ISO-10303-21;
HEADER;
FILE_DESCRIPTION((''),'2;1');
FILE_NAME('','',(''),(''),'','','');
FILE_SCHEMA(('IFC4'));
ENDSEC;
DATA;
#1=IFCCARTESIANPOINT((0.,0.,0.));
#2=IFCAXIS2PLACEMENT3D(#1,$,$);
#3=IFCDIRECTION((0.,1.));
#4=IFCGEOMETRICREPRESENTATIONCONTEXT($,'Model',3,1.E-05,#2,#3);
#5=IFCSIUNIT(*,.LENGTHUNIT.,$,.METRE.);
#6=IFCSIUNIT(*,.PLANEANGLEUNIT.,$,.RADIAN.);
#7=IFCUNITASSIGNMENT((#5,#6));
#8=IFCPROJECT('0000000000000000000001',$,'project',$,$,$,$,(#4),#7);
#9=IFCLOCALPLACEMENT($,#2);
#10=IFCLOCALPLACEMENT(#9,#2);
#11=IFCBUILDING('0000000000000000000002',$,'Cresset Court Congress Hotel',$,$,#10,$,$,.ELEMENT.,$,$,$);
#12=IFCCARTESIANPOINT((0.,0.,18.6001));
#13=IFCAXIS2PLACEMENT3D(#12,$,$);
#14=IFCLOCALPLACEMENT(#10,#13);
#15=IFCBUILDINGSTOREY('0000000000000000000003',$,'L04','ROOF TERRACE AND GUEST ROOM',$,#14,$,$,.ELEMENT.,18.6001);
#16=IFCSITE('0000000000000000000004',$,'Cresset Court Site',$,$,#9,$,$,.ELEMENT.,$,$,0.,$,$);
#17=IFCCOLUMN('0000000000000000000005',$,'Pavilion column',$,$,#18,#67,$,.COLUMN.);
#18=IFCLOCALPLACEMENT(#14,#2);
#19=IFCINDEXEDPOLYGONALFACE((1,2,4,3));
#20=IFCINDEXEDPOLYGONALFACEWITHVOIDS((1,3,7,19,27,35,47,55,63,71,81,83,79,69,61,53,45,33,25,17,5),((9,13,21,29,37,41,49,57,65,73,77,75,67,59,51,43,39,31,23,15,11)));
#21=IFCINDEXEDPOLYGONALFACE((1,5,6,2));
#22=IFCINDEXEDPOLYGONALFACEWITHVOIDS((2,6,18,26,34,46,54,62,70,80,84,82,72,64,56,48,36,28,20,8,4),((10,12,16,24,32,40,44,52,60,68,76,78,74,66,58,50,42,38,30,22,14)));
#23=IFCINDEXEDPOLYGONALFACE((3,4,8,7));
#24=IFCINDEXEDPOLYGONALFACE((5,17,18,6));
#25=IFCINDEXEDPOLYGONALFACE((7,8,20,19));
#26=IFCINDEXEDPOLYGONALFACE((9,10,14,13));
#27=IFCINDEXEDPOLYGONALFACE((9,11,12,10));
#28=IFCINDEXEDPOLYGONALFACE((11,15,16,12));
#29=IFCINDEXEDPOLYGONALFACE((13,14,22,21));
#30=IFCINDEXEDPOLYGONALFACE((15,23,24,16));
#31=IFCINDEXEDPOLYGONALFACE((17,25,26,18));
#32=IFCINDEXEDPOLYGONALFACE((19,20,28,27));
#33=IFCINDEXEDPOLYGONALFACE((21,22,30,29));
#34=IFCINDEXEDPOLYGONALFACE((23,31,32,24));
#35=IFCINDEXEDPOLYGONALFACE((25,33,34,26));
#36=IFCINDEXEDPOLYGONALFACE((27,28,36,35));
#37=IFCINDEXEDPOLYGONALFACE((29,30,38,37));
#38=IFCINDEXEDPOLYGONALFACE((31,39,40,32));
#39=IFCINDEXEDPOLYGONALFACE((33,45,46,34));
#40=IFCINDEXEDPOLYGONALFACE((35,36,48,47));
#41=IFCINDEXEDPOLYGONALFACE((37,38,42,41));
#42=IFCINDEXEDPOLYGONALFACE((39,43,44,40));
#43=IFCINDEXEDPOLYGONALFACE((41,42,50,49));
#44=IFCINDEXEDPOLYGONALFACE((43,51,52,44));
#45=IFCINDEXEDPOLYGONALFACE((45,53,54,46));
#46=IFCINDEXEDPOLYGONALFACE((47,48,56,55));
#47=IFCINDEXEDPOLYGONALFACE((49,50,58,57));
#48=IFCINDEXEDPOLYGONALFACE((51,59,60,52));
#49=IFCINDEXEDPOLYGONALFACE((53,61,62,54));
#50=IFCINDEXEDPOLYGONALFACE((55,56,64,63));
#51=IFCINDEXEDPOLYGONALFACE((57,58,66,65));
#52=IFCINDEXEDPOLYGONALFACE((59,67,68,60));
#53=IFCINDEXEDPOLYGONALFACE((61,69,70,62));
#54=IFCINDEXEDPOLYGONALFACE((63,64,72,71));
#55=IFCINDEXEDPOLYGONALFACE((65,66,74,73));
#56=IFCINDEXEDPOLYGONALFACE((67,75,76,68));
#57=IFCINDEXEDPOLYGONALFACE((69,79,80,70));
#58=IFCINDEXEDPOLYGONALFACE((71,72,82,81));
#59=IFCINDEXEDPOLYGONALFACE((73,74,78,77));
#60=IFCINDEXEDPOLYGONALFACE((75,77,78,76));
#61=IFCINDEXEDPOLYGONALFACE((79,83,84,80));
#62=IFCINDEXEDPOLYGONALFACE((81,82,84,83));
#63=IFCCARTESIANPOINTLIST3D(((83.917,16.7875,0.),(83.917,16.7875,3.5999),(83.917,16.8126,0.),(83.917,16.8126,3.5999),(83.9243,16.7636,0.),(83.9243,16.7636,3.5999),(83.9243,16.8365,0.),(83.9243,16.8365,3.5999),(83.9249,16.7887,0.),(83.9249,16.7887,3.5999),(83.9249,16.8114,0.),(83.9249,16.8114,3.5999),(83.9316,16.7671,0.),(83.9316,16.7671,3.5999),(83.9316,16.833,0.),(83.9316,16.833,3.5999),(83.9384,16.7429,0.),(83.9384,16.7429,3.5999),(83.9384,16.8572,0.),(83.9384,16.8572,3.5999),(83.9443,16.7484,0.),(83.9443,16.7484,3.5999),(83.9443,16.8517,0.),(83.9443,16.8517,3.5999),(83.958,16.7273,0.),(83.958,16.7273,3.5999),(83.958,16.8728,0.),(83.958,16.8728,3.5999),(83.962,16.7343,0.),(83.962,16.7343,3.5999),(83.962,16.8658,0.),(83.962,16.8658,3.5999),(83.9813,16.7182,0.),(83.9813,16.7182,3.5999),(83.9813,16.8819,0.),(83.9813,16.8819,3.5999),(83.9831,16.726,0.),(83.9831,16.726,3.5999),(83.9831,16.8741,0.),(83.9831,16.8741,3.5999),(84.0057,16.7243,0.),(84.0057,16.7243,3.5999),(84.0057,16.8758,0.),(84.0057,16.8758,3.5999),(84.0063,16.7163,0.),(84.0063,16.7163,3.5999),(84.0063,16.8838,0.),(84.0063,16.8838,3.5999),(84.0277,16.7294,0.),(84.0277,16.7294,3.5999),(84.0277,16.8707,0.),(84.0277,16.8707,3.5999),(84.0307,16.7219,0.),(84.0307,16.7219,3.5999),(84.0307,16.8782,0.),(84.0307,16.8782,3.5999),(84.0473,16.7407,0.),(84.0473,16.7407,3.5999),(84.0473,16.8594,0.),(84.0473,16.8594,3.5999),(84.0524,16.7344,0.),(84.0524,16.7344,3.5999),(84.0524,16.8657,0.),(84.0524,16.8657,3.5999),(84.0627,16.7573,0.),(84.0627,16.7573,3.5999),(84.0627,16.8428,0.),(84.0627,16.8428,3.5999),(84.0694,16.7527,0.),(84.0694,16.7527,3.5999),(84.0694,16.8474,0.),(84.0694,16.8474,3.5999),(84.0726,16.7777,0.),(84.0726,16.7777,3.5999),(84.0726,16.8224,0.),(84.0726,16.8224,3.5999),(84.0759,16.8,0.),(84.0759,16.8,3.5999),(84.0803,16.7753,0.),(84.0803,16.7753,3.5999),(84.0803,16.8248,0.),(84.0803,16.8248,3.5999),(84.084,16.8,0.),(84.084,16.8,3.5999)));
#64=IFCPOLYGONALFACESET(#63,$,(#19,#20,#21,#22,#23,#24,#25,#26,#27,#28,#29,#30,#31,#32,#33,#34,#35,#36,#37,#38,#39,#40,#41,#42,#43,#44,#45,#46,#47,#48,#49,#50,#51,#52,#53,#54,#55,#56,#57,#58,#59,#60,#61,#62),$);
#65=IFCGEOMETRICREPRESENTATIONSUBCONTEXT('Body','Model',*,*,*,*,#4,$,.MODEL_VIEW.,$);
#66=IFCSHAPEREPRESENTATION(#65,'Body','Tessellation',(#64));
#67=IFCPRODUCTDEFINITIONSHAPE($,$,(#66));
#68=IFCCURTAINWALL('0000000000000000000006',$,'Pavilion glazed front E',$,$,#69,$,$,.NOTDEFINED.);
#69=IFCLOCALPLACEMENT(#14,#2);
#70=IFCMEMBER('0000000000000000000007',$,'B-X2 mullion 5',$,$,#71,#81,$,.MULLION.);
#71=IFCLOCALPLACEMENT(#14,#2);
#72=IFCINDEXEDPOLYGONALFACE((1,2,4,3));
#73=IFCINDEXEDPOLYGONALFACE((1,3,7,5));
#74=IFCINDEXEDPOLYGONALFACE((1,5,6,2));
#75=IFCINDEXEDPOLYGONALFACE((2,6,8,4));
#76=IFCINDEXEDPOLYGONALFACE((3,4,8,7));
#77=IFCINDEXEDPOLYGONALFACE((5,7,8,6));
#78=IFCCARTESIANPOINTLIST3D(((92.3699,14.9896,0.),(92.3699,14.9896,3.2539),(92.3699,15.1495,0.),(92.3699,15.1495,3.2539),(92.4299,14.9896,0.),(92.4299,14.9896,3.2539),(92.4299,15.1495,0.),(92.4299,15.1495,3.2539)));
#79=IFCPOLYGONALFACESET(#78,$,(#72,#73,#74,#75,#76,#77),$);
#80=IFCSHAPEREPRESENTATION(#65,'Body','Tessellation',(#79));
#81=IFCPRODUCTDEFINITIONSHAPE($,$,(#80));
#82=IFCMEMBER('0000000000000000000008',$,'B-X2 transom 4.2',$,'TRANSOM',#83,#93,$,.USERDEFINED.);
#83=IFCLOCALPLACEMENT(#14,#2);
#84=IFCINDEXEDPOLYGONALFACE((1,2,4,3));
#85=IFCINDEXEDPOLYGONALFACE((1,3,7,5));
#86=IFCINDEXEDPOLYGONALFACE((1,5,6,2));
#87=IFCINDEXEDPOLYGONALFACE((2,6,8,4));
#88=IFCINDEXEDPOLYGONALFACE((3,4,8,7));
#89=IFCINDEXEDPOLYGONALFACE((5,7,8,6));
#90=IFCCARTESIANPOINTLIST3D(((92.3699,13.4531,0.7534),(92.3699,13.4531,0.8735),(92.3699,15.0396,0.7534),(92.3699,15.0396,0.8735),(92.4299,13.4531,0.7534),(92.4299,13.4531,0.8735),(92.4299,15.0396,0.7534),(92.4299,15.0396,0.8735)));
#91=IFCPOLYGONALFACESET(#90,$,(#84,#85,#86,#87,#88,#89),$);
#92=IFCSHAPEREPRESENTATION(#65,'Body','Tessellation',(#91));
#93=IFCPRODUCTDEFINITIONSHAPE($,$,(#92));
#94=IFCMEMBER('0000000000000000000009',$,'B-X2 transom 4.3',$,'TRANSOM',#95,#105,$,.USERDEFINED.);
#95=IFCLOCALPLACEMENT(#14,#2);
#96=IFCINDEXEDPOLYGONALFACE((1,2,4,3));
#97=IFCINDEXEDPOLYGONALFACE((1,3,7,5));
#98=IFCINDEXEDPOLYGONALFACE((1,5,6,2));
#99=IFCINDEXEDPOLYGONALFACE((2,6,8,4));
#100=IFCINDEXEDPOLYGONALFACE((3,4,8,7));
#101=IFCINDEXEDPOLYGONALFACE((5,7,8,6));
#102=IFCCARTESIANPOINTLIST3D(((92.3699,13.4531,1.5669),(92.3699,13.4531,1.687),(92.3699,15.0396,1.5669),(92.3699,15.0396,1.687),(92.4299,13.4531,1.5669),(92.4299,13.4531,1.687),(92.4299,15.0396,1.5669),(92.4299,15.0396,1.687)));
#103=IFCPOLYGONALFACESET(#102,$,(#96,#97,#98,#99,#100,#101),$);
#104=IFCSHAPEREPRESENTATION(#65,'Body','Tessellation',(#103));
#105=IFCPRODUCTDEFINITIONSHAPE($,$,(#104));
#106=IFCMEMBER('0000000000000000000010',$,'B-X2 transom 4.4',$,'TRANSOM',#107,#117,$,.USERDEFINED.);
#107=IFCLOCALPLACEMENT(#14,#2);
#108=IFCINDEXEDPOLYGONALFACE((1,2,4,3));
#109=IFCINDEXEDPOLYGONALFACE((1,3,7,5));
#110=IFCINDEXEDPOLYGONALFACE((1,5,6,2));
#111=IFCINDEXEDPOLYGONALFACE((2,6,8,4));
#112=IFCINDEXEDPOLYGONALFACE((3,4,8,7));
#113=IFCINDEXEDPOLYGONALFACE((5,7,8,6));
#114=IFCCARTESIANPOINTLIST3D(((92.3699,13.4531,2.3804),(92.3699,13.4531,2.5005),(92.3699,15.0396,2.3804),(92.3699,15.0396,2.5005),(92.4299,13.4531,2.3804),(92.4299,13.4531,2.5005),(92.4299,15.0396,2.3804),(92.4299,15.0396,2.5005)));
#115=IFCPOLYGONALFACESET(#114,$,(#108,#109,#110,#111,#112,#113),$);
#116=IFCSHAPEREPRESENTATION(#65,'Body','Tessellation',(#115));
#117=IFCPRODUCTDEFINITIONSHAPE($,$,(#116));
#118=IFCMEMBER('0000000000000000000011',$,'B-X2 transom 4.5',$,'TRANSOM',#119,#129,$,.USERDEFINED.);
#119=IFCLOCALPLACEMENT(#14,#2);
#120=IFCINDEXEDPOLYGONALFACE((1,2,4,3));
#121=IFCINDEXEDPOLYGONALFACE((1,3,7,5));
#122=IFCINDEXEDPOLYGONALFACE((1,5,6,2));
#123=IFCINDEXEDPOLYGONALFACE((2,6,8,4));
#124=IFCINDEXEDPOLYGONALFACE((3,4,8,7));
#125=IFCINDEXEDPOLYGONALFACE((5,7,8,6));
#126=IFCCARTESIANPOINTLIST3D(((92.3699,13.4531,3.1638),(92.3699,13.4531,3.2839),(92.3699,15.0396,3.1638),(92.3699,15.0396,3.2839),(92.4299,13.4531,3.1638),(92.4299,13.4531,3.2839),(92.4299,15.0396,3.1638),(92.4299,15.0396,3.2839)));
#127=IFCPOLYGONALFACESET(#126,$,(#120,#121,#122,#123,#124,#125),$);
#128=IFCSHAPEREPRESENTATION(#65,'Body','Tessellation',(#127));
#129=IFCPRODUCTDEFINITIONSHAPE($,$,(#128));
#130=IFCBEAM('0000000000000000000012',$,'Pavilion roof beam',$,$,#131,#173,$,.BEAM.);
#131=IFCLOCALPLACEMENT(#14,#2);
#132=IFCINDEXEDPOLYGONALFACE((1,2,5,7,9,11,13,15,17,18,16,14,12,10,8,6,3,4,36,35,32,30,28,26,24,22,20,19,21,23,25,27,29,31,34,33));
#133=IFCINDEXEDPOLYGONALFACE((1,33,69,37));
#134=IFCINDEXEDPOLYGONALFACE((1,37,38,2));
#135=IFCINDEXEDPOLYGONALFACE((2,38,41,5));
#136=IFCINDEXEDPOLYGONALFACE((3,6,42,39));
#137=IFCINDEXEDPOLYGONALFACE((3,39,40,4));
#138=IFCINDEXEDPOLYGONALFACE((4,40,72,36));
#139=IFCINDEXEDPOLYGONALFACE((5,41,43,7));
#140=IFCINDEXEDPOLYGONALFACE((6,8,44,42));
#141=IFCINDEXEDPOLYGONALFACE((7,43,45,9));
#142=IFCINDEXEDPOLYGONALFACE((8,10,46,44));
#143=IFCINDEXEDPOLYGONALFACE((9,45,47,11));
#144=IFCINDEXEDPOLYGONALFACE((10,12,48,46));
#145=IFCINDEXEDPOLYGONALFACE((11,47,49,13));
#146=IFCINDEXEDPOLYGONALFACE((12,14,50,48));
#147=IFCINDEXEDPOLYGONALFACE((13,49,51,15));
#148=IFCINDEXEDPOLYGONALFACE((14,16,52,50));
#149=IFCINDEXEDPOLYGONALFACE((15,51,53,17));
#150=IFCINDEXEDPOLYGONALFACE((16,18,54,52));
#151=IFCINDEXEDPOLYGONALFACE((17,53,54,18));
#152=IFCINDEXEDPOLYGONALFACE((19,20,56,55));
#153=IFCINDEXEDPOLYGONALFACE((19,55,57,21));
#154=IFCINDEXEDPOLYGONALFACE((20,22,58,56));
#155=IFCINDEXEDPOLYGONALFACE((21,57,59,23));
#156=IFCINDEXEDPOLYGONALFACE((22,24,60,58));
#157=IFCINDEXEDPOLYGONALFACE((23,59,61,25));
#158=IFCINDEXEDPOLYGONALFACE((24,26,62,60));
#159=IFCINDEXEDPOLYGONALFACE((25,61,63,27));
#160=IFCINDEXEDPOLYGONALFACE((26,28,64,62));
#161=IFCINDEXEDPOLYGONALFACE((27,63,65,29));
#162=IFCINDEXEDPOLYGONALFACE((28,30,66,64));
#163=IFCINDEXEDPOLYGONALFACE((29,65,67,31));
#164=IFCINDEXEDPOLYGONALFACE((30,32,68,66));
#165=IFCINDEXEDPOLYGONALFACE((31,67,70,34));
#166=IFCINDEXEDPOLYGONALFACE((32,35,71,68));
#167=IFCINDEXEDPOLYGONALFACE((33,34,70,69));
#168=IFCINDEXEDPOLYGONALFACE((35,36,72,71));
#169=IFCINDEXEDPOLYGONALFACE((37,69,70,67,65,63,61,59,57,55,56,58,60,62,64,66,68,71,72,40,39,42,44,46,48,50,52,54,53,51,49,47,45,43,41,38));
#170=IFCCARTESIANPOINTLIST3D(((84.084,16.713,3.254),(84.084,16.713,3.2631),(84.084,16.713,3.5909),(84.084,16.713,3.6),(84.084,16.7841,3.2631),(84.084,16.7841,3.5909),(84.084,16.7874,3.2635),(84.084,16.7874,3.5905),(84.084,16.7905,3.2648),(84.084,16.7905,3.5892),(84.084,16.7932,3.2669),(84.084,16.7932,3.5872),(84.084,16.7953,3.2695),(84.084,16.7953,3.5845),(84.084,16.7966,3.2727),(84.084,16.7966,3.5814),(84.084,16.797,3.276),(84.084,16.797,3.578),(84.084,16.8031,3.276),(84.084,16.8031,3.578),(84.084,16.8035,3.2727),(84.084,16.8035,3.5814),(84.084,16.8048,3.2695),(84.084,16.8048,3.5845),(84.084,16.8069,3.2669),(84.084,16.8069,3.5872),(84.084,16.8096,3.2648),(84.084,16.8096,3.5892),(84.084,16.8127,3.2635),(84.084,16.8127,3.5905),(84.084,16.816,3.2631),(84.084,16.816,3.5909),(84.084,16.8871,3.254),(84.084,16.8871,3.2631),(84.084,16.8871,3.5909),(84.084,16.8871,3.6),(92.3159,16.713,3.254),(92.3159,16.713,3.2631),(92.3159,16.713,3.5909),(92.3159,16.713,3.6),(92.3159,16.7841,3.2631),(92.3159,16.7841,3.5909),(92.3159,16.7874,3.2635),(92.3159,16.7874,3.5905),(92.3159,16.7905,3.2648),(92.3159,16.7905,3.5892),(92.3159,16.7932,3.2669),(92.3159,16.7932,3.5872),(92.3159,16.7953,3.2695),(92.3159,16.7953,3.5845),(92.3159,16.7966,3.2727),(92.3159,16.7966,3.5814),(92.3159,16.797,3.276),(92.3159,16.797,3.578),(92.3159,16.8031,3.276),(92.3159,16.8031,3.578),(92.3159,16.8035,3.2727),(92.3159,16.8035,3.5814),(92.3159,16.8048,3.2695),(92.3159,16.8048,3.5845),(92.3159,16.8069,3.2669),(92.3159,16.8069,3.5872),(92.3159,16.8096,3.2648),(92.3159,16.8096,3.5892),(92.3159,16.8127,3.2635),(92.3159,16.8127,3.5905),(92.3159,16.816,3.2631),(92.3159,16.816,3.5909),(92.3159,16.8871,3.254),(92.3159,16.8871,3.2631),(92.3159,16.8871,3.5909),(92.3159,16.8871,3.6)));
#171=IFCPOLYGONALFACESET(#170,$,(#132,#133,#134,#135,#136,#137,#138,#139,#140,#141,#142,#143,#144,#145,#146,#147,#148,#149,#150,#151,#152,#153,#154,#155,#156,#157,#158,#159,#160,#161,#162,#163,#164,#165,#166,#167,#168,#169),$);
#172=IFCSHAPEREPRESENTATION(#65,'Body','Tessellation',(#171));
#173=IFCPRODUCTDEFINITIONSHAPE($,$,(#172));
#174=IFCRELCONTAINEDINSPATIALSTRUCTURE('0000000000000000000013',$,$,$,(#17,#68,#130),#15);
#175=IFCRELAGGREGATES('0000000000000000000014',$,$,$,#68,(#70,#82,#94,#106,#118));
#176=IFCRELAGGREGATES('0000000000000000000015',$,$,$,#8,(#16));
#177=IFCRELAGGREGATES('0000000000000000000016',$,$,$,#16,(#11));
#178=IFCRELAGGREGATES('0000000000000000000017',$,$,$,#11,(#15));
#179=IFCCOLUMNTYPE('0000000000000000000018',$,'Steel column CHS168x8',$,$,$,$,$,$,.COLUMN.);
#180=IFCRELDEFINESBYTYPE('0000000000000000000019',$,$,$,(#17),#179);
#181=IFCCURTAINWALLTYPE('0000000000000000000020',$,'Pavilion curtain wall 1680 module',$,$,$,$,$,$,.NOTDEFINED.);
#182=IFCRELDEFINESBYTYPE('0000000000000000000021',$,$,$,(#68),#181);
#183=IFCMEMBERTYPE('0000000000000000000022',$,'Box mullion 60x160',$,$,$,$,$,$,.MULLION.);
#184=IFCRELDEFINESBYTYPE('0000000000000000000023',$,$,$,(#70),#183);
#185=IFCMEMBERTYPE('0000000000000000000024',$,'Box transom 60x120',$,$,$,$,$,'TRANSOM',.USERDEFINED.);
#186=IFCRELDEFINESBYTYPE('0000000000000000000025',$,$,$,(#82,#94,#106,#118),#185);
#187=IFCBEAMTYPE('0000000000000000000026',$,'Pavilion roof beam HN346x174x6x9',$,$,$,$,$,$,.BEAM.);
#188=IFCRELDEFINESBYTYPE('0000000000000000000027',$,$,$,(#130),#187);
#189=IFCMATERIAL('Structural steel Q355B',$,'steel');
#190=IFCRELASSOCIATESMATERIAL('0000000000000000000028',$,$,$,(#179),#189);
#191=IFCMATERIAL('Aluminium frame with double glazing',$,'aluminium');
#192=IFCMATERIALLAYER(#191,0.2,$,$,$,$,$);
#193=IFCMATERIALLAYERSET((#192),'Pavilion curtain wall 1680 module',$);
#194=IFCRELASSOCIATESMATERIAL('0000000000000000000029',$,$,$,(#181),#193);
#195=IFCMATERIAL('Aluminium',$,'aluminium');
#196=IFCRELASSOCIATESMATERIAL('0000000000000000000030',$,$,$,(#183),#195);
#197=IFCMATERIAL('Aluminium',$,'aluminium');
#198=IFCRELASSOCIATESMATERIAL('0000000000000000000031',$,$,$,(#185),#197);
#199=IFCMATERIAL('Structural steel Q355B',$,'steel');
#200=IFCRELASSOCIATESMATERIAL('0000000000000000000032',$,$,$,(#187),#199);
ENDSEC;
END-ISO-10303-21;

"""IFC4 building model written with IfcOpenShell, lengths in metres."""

from ifc_helpers import new_model, si_unit, direction, frame, origin, origin_2d, place, context, subcontext, project, spatial, rectangle, hollow_circle, i_section, extrude, material, layer, layer_set, material_profile, profile_set, type_object, element, aggregate, save


model = new_model("IFC4")

# Units and contexts
model_context = context("Model", 3, precision=1e-05, world=origin(), true_north=direction((0.0, 1.0)))
body_context = subcontext(model_context, "Body", "Model", "MODEL_VIEW")
ifc_project = project(units=[si_unit("LENGTHUNIT", "METRE"), si_unit("PLANEANGLEUNIT", "RADIAN")], contexts=[model_context])

# Site, building, storey
site_placement = place(None, origin())
site = spatial("IfcSite", under=ifc_project, at=site_placement, Name="Cresset Court Site", CompositionType="ELEMENT", RefElevation=0.0)
building_placement = place(site_placement, origin())
building = spatial("IfcBuilding", under=site, at=building_placement, Name="Cresset Court Congress Hotel", CompositionType="ELEMENT")
storey_placement = place(building_placement, frame((0.0, 0.0, 18.6001)))
storey = spatial("IfcBuildingStorey", under=building, at=storey_placement, Name="L04", Description="ROOF TERRACE AND GUEST ROOM", CompositionType="ELEMENT", Elevation=18.6001)

# Column
ifc_material_1 = material(Name="Structural steel Q355B", Category="steel")
ifc_material_profile_1 = material_profile(ifc_material_1, hollow_circle(Radius=0.084, WallThickness=0.0081, at=origin_2d()), Name="CHS168x8")
ifc_profile_set_1 = profile_set([ifc_material_profile_1], Name="Structural steel Q355B")
column_type = type_object("IfcColumnType", Name="Steel column CHS168x8", PredefinedType="COLUMN", material=ifc_profile_set_1)
column_placement = place(storey_placement, frame((84.0, 16.8, 0.0), z_axis=(0.0, 0.0, 1.0), x_axis=(1.0, 0.0, 0.0)))
element("IfcColumn", 1, at=column_placement, inside=storey, type_object=column_type, Name="Pavilion column", PredefinedType="COLUMN", context=body_context, shape_type="SweptSolid", body=[
    extrude(hollow_circle(Radius=0.084, WallThickness=0.0081, at=origin_2d()), origin(), (0.0, 0.0, 1.0), 3.5999),
])

# Curtain wall, members
ifc_material_2 = material(Name="Aluminium frame with double glazing", Category="aluminium")
ifc_layer_1 = layer(ifc_material_2, 0.2)
ifc_layer_set_1 = layer_set([ifc_layer_1], Name="Pavilion curtain wall 1680 module")
curtain_wall_type = type_object("IfcCurtainWallType", Name="Pavilion curtain wall 1680 module", PredefinedType="NOTDEFINED", material=ifc_layer_set_1)
curtain_wall_placement = place(storey_placement, origin())
curtain_wall = element("IfcCurtainWall", 2, at=curtain_wall_placement, inside=storey, type_object=curtain_wall_type, Name="Pavilion glazed front E", PredefinedType="NOTDEFINED")
ifc_material_3 = material(Name="Aluminium", Category="aluminium")
ifc_material_profile_2 = material_profile(ifc_material_3, rectangle(XDim=0.0601, YDim=0.1599, at=origin_2d()), Name="Box mullion 60x160")
ifc_profile_set_2 = profile_set([ifc_material_profile_2], Name="Aluminium")
member_type_1 = type_object("IfcMemberType", Name="Box mullion 60x160", PredefinedType="MULLION", material=ifc_profile_set_2)
member_1_placement = place(storey_placement, frame((92.3999, 15.0696, 0.0), z_axis=(0.0, 0.0, 1.0), x_axis=(-1.0, 0.0, 0.0)))
member_1 = element("IfcMember", 3, at=member_1_placement, type_object=member_type_1, Name="B-X2 mullion 5", PredefinedType="MULLION", context=body_context, shape_type="SweptSolid", body=[
    extrude(rectangle(XDim=0.0601, YDim=0.1599, at=origin_2d()), origin(), (0.0, 0.0, 1.0), 3.2539),
])
ifc_material_4 = material(Name="Aluminium", Category="aluminium")
ifc_material_profile_3 = material_profile(ifc_material_4, rectangle(XDim=0.0601, YDim=0.1201, at=origin_2d()), Name="Box transom 60x120")
ifc_profile_set_3 = profile_set([ifc_material_profile_3], Name="Aluminium")
member_type_2 = type_object("IfcMemberType", Name="Box transom 60x120", ElementType="TRANSOM", PredefinedType="USERDEFINED", material=ifc_profile_set_3)
member_2_placement = place(storey_placement, frame((92.3999, 13.4531, 0.8135), z_axis=(0.0, 1.0, 0.0), x_axis=(-1.0, 0.0, 0.0)))
member_2 = element("IfcMember", 4, at=member_2_placement, type_object=member_type_2, Name="B-X2 transom 4.2", ObjectType="TRANSOM", PredefinedType="USERDEFINED", context=body_context, shape_type="SweptSolid", body=[
    extrude(rectangle(XDim=0.0601, YDim=0.1201, at=origin_2d()), origin(), (0.0, 0.0, 1.0), 1.5864),
])
member_3_placement = place(storey_placement, frame((92.3999, 13.4531, 1.627), z_axis=(0.0, 1.0, 0.0), x_axis=(-1.0, 0.0, 0.0)))
member_3 = element("IfcMember", 5, at=member_3_placement, type_object=member_type_2, Name="B-X2 transom 4.3", ObjectType="TRANSOM", PredefinedType="USERDEFINED", context=body_context, shape_type="SweptSolid", body=[
    extrude(rectangle(XDim=0.0601, YDim=0.1201, at=origin_2d()), origin(), (0.0, 0.0, 1.0), 1.5864),
])
member_4_placement = place(storey_placement, frame((92.3999, 13.4531, 2.4404), z_axis=(0.0, 1.0, 0.0), x_axis=(-1.0, 0.0, 0.0)))
member_4 = element("IfcMember", 6, at=member_4_placement, type_object=member_type_2, Name="B-X2 transom 4.4", ObjectType="TRANSOM", PredefinedType="USERDEFINED", context=body_context, shape_type="SweptSolid", body=[
    extrude(rectangle(XDim=0.0601, YDim=0.1201, at=origin_2d()), origin(), (0.0, 0.0, 1.0), 1.5864),
])
member_5_placement = place(storey_placement, frame((92.3999, 13.4531, 3.2239), z_axis=(0.0, 1.0, 0.0), x_axis=(-1.0, 0.0, 0.0)))
member_5 = element("IfcMember", 7, at=member_5_placement, type_object=member_type_2, Name="B-X2 transom 4.5", ObjectType="TRANSOM", PredefinedType="USERDEFINED", context=body_context, shape_type="SweptSolid", body=[
    extrude(rectangle(XDim=0.0601, YDim=0.1201, at=origin_2d()), origin(), (0.0, 0.0, 1.0), 1.5864),
])

# Beam
ifc_material_5 = material(Name="Structural steel Q355B", Category="steel")
ifc_material_profile_4 = material_profile(ifc_material_5, i_section(OverallWidth=0.1741, OverallDepth=0.3459, WebThickness=0.0061, FlangeThickness=0.009, FilletRadius=0.0129, at=origin_2d()), Name="HN346x174x6x9")
ifc_profile_set_4 = profile_set([ifc_material_profile_4], Name="Structural steel Q355B")
beam_type_1 = type_object("IfcBeamType", Name="Pavilion roof beam HN346x174x6x9", PredefinedType="BEAM", material=ifc_profile_set_4)
beam_1_placement = place(storey_placement, frame((84.084, 16.8, 3.427), z_axis=(1.0, 0.0, 0.0), x_axis=(0.0, 1.0, 0.0)))
element("IfcBeam", 8, at=beam_1_placement, inside=storey, type_object=beam_type_1, Name="Pavilion roof beam", PredefinedType="BEAM", context=body_context, shape_type="SweptSolid", body=[
    extrude(i_section(OverallWidth=0.1741, OverallDepth=0.3459, WebThickness=0.0061, FlangeThickness=0.009, FilletRadius=0.0129, at=origin_2d()), origin(), (0.0, 0.0, 1.0), 8.2319),
])

aggregate(curtain_wall, [member_1, member_2, member_3, member_4, member_5])

save(model, "model.ifc")
